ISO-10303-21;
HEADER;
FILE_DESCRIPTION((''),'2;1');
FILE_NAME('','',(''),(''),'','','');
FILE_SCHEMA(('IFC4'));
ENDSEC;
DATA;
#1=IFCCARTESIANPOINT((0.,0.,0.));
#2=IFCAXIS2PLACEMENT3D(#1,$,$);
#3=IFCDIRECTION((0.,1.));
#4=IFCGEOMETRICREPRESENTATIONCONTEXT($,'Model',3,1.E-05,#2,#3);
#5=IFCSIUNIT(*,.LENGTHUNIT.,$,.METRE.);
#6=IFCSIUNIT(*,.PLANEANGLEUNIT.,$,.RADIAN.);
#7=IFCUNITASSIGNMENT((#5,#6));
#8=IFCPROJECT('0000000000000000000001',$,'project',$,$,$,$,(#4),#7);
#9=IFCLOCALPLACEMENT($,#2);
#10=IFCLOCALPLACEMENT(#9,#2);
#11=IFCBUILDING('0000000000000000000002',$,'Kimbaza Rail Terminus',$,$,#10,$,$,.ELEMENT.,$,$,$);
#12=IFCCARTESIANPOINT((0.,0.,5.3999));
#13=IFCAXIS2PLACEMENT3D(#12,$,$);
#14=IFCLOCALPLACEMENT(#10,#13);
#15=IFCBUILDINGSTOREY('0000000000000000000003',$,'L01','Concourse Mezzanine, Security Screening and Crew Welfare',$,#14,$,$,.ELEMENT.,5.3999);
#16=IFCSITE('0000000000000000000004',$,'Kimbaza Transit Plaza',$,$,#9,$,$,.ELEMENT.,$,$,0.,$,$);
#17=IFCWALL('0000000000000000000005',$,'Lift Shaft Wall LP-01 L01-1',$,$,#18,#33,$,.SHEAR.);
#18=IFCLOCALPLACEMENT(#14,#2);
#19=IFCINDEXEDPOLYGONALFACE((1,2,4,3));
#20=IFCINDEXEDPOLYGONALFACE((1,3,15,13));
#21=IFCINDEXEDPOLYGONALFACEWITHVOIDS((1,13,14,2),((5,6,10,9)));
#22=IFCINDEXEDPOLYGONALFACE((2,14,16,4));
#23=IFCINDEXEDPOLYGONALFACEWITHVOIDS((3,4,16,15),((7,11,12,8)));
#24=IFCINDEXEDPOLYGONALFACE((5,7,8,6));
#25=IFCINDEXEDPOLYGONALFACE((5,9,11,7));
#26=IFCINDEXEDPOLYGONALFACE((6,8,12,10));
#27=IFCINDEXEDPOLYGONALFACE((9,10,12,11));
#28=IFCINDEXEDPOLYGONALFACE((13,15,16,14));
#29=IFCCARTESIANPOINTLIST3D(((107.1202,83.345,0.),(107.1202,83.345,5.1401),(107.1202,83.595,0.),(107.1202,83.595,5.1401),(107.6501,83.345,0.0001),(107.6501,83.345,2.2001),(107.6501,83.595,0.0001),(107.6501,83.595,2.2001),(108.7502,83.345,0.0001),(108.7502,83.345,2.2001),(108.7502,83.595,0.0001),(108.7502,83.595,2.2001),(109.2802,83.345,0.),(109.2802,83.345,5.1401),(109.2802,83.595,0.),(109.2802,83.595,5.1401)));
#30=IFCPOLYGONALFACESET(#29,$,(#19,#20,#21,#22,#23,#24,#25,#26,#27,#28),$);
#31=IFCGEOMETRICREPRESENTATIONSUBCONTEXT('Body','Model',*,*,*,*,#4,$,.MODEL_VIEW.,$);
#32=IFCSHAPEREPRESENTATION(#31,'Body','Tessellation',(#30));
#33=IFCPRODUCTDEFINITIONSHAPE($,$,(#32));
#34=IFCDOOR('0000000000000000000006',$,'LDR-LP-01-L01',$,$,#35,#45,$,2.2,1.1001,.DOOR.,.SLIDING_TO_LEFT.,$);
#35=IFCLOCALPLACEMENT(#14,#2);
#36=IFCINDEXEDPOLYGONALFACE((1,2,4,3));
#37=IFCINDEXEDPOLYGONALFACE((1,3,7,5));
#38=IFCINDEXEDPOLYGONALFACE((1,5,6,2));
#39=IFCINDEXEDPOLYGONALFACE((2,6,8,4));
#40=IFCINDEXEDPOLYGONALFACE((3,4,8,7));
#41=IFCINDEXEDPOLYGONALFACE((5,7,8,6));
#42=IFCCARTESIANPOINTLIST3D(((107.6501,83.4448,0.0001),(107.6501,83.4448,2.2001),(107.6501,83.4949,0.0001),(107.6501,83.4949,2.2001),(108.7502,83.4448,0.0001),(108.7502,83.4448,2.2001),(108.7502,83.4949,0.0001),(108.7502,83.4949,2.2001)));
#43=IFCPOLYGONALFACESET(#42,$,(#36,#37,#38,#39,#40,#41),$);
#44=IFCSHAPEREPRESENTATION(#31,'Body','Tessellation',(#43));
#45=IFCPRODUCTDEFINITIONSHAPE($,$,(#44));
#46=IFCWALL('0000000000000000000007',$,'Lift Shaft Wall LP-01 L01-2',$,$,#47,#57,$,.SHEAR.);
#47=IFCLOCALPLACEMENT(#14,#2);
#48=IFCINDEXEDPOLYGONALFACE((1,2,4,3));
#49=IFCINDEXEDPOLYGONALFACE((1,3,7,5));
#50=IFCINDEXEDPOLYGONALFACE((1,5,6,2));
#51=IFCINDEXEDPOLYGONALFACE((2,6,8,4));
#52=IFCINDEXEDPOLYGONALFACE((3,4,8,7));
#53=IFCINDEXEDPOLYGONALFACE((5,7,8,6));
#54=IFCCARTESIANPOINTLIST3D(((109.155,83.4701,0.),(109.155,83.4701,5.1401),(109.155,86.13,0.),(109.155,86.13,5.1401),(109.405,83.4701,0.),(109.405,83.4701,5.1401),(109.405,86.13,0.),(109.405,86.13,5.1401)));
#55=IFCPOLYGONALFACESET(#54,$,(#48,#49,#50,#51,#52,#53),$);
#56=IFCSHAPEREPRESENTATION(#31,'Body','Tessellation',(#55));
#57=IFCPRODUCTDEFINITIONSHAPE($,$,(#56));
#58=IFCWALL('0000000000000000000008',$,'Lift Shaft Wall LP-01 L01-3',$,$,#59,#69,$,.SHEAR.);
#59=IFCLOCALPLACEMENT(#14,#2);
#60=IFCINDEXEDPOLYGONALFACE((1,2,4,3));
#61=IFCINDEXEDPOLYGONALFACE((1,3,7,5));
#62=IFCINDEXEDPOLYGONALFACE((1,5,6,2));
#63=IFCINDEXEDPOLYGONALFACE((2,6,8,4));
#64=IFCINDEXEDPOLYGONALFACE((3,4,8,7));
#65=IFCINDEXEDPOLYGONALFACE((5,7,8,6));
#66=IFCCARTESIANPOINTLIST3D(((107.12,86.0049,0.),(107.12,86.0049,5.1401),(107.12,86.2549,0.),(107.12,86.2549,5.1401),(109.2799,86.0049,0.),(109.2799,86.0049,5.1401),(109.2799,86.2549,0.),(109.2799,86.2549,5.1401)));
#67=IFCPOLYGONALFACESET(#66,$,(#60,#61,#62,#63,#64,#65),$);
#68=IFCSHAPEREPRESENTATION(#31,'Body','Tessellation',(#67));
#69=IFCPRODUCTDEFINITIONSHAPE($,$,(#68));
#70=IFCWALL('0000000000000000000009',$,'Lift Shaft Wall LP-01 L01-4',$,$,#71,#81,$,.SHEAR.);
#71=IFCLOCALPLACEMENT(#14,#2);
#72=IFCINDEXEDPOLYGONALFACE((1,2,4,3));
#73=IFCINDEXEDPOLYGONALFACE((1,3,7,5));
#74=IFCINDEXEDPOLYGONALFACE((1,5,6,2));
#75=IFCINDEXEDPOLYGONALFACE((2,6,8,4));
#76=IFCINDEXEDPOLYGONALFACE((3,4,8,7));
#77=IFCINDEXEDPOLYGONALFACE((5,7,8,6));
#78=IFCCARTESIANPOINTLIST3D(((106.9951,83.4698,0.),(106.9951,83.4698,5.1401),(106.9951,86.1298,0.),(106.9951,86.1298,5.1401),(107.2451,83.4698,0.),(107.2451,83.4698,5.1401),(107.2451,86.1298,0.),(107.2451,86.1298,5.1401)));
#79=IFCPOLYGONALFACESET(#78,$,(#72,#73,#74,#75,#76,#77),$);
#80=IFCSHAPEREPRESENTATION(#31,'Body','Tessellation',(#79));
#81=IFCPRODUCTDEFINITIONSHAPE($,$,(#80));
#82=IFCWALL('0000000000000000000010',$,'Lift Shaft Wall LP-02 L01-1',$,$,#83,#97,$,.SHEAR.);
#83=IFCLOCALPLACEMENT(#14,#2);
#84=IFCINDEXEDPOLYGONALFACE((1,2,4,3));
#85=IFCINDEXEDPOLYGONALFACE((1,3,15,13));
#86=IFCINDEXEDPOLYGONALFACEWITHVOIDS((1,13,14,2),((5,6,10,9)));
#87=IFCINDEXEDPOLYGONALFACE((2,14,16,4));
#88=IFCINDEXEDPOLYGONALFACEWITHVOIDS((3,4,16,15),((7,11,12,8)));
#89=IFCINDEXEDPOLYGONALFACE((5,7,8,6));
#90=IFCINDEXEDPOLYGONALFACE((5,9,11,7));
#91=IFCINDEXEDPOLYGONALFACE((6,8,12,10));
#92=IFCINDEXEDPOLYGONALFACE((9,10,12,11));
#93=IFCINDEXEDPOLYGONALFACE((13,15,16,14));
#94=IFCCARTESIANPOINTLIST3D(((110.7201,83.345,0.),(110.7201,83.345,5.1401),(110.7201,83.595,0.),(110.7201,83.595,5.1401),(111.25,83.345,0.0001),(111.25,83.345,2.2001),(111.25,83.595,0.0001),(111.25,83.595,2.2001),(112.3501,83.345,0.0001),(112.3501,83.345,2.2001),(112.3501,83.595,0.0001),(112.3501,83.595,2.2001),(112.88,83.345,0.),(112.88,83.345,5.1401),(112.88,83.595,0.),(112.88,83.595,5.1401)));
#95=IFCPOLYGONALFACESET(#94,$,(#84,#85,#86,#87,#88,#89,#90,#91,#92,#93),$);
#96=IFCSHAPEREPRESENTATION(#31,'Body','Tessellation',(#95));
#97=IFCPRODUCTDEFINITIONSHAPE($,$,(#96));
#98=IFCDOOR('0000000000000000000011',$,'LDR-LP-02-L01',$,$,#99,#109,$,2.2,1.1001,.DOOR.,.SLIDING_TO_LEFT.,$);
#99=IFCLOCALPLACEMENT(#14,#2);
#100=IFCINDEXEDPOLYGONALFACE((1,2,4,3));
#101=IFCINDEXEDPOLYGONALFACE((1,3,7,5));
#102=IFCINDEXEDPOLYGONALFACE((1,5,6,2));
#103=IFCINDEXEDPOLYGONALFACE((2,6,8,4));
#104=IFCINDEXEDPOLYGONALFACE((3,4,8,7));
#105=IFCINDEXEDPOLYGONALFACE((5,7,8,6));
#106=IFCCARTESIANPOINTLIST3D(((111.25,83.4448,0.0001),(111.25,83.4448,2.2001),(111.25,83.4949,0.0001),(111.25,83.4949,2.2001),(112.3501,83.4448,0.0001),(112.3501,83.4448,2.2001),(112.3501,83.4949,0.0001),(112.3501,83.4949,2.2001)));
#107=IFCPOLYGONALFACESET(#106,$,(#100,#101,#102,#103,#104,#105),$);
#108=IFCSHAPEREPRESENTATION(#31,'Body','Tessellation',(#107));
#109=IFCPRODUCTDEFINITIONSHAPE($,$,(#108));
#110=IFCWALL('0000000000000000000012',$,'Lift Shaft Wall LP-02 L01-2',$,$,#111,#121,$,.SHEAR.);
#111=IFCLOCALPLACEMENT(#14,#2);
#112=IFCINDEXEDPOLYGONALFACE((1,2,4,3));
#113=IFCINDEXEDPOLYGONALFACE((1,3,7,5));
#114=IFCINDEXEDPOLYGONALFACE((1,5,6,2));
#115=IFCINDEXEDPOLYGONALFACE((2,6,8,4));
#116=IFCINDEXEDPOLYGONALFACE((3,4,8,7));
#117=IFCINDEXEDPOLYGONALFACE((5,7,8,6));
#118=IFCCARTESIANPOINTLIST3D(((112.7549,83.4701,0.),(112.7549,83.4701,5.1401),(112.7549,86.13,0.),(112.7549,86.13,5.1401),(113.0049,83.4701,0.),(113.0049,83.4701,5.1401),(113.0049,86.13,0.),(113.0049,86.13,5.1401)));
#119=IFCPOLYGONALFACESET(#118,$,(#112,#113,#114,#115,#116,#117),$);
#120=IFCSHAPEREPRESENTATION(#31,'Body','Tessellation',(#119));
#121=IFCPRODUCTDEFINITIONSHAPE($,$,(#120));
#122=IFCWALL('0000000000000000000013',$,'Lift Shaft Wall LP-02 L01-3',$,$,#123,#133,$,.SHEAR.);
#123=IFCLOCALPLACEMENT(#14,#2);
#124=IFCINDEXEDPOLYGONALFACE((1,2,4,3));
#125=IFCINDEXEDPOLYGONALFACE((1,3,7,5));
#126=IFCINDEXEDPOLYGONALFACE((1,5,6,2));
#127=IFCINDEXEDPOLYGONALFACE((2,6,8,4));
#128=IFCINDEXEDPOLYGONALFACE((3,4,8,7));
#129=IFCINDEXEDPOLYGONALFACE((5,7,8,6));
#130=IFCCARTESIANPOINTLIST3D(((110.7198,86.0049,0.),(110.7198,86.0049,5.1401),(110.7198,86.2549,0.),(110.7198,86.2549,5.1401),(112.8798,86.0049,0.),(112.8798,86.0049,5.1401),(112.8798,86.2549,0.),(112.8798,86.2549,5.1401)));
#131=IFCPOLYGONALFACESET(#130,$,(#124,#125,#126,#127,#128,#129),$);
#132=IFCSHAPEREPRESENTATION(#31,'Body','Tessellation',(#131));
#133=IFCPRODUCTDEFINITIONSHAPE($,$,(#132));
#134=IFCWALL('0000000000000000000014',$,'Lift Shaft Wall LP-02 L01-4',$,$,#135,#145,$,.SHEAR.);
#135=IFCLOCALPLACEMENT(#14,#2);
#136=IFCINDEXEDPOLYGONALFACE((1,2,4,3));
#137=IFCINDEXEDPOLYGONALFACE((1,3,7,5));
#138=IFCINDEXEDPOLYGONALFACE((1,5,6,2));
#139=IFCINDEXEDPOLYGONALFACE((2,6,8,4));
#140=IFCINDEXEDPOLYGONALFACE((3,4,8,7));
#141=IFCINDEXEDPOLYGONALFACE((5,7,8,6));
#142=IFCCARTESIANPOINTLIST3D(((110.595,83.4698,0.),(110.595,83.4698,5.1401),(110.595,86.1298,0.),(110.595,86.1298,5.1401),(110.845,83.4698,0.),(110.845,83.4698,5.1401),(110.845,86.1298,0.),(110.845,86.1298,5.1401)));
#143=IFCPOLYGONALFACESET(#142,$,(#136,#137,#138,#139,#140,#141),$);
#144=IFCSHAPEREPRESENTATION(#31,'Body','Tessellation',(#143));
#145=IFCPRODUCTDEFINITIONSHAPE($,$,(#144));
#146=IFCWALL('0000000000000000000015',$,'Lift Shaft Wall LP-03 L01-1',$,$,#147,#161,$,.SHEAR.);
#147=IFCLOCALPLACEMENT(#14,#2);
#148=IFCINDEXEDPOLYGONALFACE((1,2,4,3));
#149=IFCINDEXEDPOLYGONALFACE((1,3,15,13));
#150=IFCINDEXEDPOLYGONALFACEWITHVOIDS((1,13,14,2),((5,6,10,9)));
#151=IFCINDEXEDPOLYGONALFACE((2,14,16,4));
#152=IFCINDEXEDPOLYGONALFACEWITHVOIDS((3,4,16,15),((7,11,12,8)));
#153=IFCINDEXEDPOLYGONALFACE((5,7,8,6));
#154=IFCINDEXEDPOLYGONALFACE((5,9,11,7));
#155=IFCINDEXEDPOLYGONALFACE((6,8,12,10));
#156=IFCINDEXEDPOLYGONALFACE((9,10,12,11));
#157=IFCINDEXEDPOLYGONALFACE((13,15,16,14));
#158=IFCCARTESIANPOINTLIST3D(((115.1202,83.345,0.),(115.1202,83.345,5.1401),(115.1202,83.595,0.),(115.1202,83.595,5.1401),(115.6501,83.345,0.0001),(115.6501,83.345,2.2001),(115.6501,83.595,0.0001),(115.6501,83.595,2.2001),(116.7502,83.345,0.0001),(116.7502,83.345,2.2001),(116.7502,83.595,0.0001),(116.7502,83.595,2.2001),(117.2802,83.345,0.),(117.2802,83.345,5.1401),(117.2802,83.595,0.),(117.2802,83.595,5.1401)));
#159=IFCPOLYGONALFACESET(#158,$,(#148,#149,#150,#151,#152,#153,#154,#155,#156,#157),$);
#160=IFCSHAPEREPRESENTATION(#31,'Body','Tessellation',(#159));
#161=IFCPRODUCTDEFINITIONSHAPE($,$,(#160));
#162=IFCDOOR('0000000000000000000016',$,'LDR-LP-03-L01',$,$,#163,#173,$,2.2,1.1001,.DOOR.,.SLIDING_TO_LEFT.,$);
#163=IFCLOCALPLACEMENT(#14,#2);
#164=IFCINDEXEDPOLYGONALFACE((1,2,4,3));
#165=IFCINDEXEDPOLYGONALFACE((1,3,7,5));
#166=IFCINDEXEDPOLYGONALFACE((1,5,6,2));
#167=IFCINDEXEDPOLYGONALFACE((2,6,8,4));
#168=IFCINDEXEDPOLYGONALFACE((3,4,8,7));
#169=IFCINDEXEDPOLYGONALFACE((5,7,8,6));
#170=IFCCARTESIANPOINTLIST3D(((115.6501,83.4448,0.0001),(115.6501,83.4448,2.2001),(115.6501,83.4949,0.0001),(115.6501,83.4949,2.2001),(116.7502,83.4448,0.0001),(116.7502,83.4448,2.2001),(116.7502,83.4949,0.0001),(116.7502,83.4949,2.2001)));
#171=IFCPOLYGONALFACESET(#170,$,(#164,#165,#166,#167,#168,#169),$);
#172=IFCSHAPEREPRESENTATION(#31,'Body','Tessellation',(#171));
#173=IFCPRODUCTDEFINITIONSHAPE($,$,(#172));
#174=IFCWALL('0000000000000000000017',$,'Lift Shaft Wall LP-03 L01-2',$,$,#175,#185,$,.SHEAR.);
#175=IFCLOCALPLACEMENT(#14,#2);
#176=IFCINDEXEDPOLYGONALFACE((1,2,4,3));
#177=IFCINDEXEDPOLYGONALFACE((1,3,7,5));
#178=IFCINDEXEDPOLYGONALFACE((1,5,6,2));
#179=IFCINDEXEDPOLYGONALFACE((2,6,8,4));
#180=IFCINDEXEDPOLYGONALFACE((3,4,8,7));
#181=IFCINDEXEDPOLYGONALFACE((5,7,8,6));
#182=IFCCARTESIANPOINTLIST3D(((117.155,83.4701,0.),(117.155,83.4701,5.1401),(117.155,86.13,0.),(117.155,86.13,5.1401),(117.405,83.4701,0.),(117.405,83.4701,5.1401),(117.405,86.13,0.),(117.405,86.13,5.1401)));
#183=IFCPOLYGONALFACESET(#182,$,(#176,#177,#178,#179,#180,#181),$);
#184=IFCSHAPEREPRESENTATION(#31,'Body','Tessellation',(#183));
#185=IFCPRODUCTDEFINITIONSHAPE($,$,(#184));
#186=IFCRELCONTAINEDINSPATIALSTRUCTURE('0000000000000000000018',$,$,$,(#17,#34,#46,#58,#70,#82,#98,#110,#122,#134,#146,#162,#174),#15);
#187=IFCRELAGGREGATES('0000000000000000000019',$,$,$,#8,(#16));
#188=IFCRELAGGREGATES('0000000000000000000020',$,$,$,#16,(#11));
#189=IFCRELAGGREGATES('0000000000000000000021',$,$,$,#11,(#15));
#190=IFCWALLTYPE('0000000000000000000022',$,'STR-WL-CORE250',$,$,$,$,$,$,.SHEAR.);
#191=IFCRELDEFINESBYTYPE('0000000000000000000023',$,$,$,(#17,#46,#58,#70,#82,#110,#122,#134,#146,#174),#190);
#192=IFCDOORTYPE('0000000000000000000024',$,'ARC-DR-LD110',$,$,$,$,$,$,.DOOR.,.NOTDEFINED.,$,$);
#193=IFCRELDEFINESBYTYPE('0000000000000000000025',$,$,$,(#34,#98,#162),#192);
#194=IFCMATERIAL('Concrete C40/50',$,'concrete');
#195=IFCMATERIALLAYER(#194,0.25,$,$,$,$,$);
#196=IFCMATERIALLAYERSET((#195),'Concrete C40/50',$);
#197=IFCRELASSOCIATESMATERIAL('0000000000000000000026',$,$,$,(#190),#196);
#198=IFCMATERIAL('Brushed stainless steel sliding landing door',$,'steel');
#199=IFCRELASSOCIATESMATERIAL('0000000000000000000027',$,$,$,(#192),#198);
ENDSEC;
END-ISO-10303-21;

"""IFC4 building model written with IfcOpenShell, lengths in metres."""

from ifc_helpers import new_model, si_unit, direction, frame, frame_2d, origin, place, context, subcontext, project, spatial, rectangle, extrude, material, layer, layer_set, type_object, element, fill, save


model = new_model("IFC4")

# Units and contexts
model_context = context("Model", 3, precision=1e-05, world=origin(), true_north=direction((0.0, 1.0)))
body_context = subcontext(model_context, "Body", "Model", "MODEL_VIEW")
ifc_project = project(units=[si_unit("LENGTHUNIT", "METRE"), si_unit("PLANEANGLEUNIT", "RADIAN")], contexts=[model_context])

# Site, building, storey
site_placement = place(None, origin())
site = spatial("IfcSite", under=ifc_project, at=site_placement, Name="Kimbaza Transit Plaza", CompositionType="ELEMENT", RefElevation=0.0)
building_placement = place(site_placement, origin())
building = spatial("IfcBuilding", under=site, at=building_placement, Name="Kimbaza Rail Terminus", CompositionType="ELEMENT")
storey_placement = place(building_placement, frame((0.0, 0.0, 5.3999)))
storey = spatial("IfcBuildingStorey", under=building, at=storey_placement, Name="L01", Description="Concourse Mezzanine, Security Screening and Crew Welfare", CompositionType="ELEMENT", Elevation=5.3999)

# Wall, opening, door
ifc_material_1 = material(Name="Concrete C40/50", Category="concrete")
ifc_layer_1 = layer(ifc_material_1, 0.25)
ifc_layer_set_1 = layer_set([ifc_layer_1], Name="Concrete C40/50")
wall_type_1 = type_object("IfcWallType", Name="STR-WL-CORE250", PredefinedType="SHEAR", material=ifc_layer_set_1)
wall_1_placement = place(storey_placement, frame((107.1201, 83.47, 0.0), z_axis=(0.0, 0.0, 1.0), x_axis=(1.0, 0.0, 0.0)))
wall_1 = element("IfcWall", 1, at=wall_1_placement, inside=storey, type_object=wall_type_1, Name="Lift Shaft Wall LP-01 L01-1", PredefinedType="SHEAR", context=body_context, shape_type="SweptSolid", body=[
    extrude(rectangle(XDim=2.1599, YDim=0.25, at=frame_2d((1.0801, 0.0))), origin(), (0.0, 0.0, 1.0), 5.1401),
])
opening_1_placement = place(wall_1_placement, frame((0.53, 0.0, 0.0)))
opening_1 = element("IfcOpeningElement", 2, at=opening_1_placement, cuts=wall_1, PredefinedType="OPENING", context=body_context, shape_type="SweptSolid", body=[
    extrude(rectangle(XDim=1.1001, YDim=2.2, at=frame_2d((0.55, 1.1001))), frame((0.0, 0.135, 0.0), z_axis=(0.0, -1.0, 0.0), x_axis=(1.0, 0.0, 0.0)), (0.0, 0.0, 1.0), 0.27),
])
ifc_material_2 = material(Name="Brushed stainless steel sliding landing door", Category="steel")
door_type = type_object("IfcDoorType", Name="ARC-DR-LD110", OperationType="NOTDEFINED", PredefinedType="DOOR", material=ifc_material_2)
door_1_placement = place(opening_1_placement, origin())
door_1 = element("IfcDoor", 3, at=door_1_placement, inside=storey, type_object=door_type, Name="LDR-LP-01-L01", OperationType="SLIDING_TO_LEFT", OverallHeight=2.2, OverallWidth=1.1001, PredefinedType="DOOR", context=body_context, shape_type="SweptSolid", body=[
    extrude(rectangle(XDim=1.1001, YDim=2.2, at=frame_2d((0.55, 1.1001))), frame((0.0, 0.0249, 0.0), z_axis=(0.0, -1.0, 0.0), x_axis=(1.0, 0.0, 0.0)), (0.0, 0.0, 1.0), 0.05),
])
fill(opening_1, door_1)

# Walls
wall_2_placement = place(storey_placement, frame((109.28, 83.47, 0.0), z_axis=(0.0, 0.0, 1.0), x_axis=(0.0, 1.0, 0.0)))
element("IfcWall", 4, at=wall_2_placement, inside=storey, type_object=wall_type_1, Name="Lift Shaft Wall LP-01 L01-2", PredefinedType="SHEAR", context=body_context, shape_type="SweptSolid", body=[
    extrude(rectangle(XDim=2.6599, YDim=0.25, at=frame_2d((1.3301, 0.0))), origin(), (0.0, 0.0, 1.0), 5.1401),
])
wall_3_placement = place(storey_placement, frame((109.28, 86.1299, 0.0), z_axis=(0.0, 0.0, 1.0), x_axis=(-1.0, 0.0, 0.0)))
element("IfcWall", 5, at=wall_3_placement, inside=storey, type_object=wall_type_1, Name="Lift Shaft Wall LP-01 L01-3", PredefinedType="SHEAR", context=body_context, shape_type="SweptSolid", body=[
    extrude(rectangle(XDim=2.1599, YDim=0.25, at=frame_2d((1.0801, 0.0))), origin(), (0.0, 0.0, 1.0), 5.1401),
])
wall_4_placement = place(storey_placement, frame((107.1201, 86.1299, 0.0), z_axis=(0.0, 0.0, 1.0), x_axis=(0.0, -1.0, 0.0)))
element("IfcWall", 6, at=wall_4_placement, inside=storey, type_object=wall_type_1, Name="Lift Shaft Wall LP-01 L01-4", PredefinedType="SHEAR", context=body_context, shape_type="SweptSolid", body=[
    extrude(rectangle(XDim=2.6599, YDim=0.25, at=frame_2d((1.3301, 0.0))), origin(), (0.0, 0.0, 1.0), 5.1401),
])

# Wall, opening, door
wall_5_placement = place(storey_placement, frame((110.72, 83.47, 0.0), z_axis=(0.0, 0.0, 1.0), x_axis=(1.0, 0.0, 0.0)))
wall_5 = element("IfcWall", 7, at=wall_5_placement, inside=storey, type_object=wall_type_1, Name="Lift Shaft Wall LP-02 L01-1", PredefinedType="SHEAR", context=body_context, shape_type="SweptSolid", body=[
    extrude(rectangle(XDim=2.1599, YDim=0.25, at=frame_2d((1.0801, 0.0))), origin(), (0.0, 0.0, 1.0), 5.1401),
])
opening_2_placement = place(wall_5_placement, frame((0.53, 0.0, 0.0)))
opening_2 = element("IfcOpeningElement", 8, at=opening_2_placement, cuts=wall_5, PredefinedType="OPENING", context=body_context, shape_type="SweptSolid", body=[
    extrude(rectangle(XDim=1.1001, YDim=2.2, at=frame_2d((0.55, 1.1001))), frame((0.0, 0.135, 0.0), z_axis=(0.0, -1.0, 0.0), x_axis=(1.0, 0.0, 0.0)), (0.0, 0.0, 1.0), 0.27),
])
door_2_placement = place(opening_2_placement, origin())
door_2 = element("IfcDoor", 9, at=door_2_placement, inside=storey, type_object=door_type, Name="LDR-LP-02-L01", OperationType="SLIDING_TO_LEFT", OverallHeight=2.2, OverallWidth=1.1001, PredefinedType="DOOR", context=body_context, shape_type="SweptSolid", body=[
    extrude(rectangle(XDim=1.1001, YDim=2.2, at=frame_2d((0.55, 1.1001))), frame((0.0, 0.0249, 0.0), z_axis=(0.0, -1.0, 0.0), x_axis=(1.0, 0.0, 0.0)), (0.0, 0.0, 1.0), 0.05),
])
fill(opening_2, door_2)

# Walls
wall_6_placement = place(storey_placement, frame((112.8799, 83.47, 0.0), z_axis=(0.0, 0.0, 1.0), x_axis=(0.0, 1.0, 0.0)))
element("IfcWall", 10, at=wall_6_placement, inside=storey, type_object=wall_type_1, Name="Lift Shaft Wall LP-02 L01-2", PredefinedType="SHEAR", context=body_context, shape_type="SweptSolid", body=[
    extrude(rectangle(XDim=2.6599, YDim=0.25, at=frame_2d((1.3301, 0.0))), origin(), (0.0, 0.0, 1.0), 5.1401),
])
wall_7_placement = place(storey_placement, frame((112.8799, 86.1299, 0.0), z_axis=(0.0, 0.0, 1.0), x_axis=(-1.0, 0.0, 0.0)))
element("IfcWall", 11, at=wall_7_placement, inside=storey, type_object=wall_type_1, Name="Lift Shaft Wall LP-02 L01-3", PredefinedType="SHEAR", context=body_context, shape_type="SweptSolid", body=[
    extrude(rectangle(XDim=2.1599, YDim=0.25, at=frame_2d((1.0801, 0.0))), origin(), (0.0, 0.0, 1.0), 5.1401),
])
wall_8_placement = place(storey_placement, frame((110.72, 86.1299, 0.0), z_axis=(0.0, 0.0, 1.0), x_axis=(0.0, -1.0, 0.0)))
element("IfcWall", 12, at=wall_8_placement, inside=storey, type_object=wall_type_1, Name="Lift Shaft Wall LP-02 L01-4", PredefinedType="SHEAR", context=body_context, shape_type="SweptSolid", body=[
    extrude(rectangle(XDim=2.6599, YDim=0.25, at=frame_2d((1.3301, 0.0))), origin(), (0.0, 0.0, 1.0), 5.1401),
])

# Wall, opening, door
wall_9_placement = place(storey_placement, frame((115.1201, 83.47, 0.0), z_axis=(0.0, 0.0, 1.0), x_axis=(1.0, 0.0, 0.0)))
wall_9 = element("IfcWall", 13, at=wall_9_placement, inside=storey, type_object=wall_type_1, Name="Lift Shaft Wall LP-03 L01-1", PredefinedType="SHEAR", context=body_context, shape_type="SweptSolid", body=[
    extrude(rectangle(XDim=2.1599, YDim=0.25, at=frame_2d((1.0801, 0.0))), origin(), (0.0, 0.0, 1.0), 5.1401),
])
opening_3_placement = place(wall_9_placement, frame((0.53, 0.0, 0.0)))
opening_3 = element("IfcOpeningElement", 14, at=opening_3_placement, cuts=wall_9, PredefinedType="OPENING", context=body_context, shape_type="SweptSolid", body=[
    extrude(rectangle(XDim=1.1001, YDim=2.2, at=frame_2d((0.55, 1.1001))), frame((0.0, 0.135, 0.0), z_axis=(0.0, -1.0, 0.0), x_axis=(1.0, 0.0, 0.0)), (0.0, 0.0, 1.0), 0.27),
])
door_3_placement = place(opening_3_placement, origin())
door_3 = element("IfcDoor", 15, at=door_3_placement, inside=storey, type_object=door_type, Name="LDR-LP-03-L01", OperationType="SLIDING_TO_LEFT", OverallHeight=2.2, OverallWidth=1.1001, PredefinedType="DOOR", context=body_context, shape_type="SweptSolid", body=[
    extrude(rectangle(XDim=1.1001, YDim=2.2, at=frame_2d((0.55, 1.1001))), frame((0.0, 0.0249, 0.0), z_axis=(0.0, -1.0, 0.0), x_axis=(1.0, 0.0, 0.0)), (0.0, 0.0, 1.0), 0.05),
])
fill(opening_3, door_3)

# Wall
wall_10_placement = place(storey_placement, frame((117.28, 83.47, 0.0), z_axis=(0.0, 0.0, 1.0), x_axis=(0.0, 1.0, 0.0)))
element("IfcWall", 16, at=wall_10_placement, inside=storey, type_object=wall_type_1, Name="Lift Shaft Wall LP-03 L01-2", PredefinedType="SHEAR", context=body_context, shape_type="SweptSolid", body=[
    extrude(rectangle(XDim=2.6599, YDim=0.25, at=frame_2d((1.3301, 0.0))), origin(), (0.0, 0.0, 1.0), 5.1401),
])

save(model, "model.ifc")
